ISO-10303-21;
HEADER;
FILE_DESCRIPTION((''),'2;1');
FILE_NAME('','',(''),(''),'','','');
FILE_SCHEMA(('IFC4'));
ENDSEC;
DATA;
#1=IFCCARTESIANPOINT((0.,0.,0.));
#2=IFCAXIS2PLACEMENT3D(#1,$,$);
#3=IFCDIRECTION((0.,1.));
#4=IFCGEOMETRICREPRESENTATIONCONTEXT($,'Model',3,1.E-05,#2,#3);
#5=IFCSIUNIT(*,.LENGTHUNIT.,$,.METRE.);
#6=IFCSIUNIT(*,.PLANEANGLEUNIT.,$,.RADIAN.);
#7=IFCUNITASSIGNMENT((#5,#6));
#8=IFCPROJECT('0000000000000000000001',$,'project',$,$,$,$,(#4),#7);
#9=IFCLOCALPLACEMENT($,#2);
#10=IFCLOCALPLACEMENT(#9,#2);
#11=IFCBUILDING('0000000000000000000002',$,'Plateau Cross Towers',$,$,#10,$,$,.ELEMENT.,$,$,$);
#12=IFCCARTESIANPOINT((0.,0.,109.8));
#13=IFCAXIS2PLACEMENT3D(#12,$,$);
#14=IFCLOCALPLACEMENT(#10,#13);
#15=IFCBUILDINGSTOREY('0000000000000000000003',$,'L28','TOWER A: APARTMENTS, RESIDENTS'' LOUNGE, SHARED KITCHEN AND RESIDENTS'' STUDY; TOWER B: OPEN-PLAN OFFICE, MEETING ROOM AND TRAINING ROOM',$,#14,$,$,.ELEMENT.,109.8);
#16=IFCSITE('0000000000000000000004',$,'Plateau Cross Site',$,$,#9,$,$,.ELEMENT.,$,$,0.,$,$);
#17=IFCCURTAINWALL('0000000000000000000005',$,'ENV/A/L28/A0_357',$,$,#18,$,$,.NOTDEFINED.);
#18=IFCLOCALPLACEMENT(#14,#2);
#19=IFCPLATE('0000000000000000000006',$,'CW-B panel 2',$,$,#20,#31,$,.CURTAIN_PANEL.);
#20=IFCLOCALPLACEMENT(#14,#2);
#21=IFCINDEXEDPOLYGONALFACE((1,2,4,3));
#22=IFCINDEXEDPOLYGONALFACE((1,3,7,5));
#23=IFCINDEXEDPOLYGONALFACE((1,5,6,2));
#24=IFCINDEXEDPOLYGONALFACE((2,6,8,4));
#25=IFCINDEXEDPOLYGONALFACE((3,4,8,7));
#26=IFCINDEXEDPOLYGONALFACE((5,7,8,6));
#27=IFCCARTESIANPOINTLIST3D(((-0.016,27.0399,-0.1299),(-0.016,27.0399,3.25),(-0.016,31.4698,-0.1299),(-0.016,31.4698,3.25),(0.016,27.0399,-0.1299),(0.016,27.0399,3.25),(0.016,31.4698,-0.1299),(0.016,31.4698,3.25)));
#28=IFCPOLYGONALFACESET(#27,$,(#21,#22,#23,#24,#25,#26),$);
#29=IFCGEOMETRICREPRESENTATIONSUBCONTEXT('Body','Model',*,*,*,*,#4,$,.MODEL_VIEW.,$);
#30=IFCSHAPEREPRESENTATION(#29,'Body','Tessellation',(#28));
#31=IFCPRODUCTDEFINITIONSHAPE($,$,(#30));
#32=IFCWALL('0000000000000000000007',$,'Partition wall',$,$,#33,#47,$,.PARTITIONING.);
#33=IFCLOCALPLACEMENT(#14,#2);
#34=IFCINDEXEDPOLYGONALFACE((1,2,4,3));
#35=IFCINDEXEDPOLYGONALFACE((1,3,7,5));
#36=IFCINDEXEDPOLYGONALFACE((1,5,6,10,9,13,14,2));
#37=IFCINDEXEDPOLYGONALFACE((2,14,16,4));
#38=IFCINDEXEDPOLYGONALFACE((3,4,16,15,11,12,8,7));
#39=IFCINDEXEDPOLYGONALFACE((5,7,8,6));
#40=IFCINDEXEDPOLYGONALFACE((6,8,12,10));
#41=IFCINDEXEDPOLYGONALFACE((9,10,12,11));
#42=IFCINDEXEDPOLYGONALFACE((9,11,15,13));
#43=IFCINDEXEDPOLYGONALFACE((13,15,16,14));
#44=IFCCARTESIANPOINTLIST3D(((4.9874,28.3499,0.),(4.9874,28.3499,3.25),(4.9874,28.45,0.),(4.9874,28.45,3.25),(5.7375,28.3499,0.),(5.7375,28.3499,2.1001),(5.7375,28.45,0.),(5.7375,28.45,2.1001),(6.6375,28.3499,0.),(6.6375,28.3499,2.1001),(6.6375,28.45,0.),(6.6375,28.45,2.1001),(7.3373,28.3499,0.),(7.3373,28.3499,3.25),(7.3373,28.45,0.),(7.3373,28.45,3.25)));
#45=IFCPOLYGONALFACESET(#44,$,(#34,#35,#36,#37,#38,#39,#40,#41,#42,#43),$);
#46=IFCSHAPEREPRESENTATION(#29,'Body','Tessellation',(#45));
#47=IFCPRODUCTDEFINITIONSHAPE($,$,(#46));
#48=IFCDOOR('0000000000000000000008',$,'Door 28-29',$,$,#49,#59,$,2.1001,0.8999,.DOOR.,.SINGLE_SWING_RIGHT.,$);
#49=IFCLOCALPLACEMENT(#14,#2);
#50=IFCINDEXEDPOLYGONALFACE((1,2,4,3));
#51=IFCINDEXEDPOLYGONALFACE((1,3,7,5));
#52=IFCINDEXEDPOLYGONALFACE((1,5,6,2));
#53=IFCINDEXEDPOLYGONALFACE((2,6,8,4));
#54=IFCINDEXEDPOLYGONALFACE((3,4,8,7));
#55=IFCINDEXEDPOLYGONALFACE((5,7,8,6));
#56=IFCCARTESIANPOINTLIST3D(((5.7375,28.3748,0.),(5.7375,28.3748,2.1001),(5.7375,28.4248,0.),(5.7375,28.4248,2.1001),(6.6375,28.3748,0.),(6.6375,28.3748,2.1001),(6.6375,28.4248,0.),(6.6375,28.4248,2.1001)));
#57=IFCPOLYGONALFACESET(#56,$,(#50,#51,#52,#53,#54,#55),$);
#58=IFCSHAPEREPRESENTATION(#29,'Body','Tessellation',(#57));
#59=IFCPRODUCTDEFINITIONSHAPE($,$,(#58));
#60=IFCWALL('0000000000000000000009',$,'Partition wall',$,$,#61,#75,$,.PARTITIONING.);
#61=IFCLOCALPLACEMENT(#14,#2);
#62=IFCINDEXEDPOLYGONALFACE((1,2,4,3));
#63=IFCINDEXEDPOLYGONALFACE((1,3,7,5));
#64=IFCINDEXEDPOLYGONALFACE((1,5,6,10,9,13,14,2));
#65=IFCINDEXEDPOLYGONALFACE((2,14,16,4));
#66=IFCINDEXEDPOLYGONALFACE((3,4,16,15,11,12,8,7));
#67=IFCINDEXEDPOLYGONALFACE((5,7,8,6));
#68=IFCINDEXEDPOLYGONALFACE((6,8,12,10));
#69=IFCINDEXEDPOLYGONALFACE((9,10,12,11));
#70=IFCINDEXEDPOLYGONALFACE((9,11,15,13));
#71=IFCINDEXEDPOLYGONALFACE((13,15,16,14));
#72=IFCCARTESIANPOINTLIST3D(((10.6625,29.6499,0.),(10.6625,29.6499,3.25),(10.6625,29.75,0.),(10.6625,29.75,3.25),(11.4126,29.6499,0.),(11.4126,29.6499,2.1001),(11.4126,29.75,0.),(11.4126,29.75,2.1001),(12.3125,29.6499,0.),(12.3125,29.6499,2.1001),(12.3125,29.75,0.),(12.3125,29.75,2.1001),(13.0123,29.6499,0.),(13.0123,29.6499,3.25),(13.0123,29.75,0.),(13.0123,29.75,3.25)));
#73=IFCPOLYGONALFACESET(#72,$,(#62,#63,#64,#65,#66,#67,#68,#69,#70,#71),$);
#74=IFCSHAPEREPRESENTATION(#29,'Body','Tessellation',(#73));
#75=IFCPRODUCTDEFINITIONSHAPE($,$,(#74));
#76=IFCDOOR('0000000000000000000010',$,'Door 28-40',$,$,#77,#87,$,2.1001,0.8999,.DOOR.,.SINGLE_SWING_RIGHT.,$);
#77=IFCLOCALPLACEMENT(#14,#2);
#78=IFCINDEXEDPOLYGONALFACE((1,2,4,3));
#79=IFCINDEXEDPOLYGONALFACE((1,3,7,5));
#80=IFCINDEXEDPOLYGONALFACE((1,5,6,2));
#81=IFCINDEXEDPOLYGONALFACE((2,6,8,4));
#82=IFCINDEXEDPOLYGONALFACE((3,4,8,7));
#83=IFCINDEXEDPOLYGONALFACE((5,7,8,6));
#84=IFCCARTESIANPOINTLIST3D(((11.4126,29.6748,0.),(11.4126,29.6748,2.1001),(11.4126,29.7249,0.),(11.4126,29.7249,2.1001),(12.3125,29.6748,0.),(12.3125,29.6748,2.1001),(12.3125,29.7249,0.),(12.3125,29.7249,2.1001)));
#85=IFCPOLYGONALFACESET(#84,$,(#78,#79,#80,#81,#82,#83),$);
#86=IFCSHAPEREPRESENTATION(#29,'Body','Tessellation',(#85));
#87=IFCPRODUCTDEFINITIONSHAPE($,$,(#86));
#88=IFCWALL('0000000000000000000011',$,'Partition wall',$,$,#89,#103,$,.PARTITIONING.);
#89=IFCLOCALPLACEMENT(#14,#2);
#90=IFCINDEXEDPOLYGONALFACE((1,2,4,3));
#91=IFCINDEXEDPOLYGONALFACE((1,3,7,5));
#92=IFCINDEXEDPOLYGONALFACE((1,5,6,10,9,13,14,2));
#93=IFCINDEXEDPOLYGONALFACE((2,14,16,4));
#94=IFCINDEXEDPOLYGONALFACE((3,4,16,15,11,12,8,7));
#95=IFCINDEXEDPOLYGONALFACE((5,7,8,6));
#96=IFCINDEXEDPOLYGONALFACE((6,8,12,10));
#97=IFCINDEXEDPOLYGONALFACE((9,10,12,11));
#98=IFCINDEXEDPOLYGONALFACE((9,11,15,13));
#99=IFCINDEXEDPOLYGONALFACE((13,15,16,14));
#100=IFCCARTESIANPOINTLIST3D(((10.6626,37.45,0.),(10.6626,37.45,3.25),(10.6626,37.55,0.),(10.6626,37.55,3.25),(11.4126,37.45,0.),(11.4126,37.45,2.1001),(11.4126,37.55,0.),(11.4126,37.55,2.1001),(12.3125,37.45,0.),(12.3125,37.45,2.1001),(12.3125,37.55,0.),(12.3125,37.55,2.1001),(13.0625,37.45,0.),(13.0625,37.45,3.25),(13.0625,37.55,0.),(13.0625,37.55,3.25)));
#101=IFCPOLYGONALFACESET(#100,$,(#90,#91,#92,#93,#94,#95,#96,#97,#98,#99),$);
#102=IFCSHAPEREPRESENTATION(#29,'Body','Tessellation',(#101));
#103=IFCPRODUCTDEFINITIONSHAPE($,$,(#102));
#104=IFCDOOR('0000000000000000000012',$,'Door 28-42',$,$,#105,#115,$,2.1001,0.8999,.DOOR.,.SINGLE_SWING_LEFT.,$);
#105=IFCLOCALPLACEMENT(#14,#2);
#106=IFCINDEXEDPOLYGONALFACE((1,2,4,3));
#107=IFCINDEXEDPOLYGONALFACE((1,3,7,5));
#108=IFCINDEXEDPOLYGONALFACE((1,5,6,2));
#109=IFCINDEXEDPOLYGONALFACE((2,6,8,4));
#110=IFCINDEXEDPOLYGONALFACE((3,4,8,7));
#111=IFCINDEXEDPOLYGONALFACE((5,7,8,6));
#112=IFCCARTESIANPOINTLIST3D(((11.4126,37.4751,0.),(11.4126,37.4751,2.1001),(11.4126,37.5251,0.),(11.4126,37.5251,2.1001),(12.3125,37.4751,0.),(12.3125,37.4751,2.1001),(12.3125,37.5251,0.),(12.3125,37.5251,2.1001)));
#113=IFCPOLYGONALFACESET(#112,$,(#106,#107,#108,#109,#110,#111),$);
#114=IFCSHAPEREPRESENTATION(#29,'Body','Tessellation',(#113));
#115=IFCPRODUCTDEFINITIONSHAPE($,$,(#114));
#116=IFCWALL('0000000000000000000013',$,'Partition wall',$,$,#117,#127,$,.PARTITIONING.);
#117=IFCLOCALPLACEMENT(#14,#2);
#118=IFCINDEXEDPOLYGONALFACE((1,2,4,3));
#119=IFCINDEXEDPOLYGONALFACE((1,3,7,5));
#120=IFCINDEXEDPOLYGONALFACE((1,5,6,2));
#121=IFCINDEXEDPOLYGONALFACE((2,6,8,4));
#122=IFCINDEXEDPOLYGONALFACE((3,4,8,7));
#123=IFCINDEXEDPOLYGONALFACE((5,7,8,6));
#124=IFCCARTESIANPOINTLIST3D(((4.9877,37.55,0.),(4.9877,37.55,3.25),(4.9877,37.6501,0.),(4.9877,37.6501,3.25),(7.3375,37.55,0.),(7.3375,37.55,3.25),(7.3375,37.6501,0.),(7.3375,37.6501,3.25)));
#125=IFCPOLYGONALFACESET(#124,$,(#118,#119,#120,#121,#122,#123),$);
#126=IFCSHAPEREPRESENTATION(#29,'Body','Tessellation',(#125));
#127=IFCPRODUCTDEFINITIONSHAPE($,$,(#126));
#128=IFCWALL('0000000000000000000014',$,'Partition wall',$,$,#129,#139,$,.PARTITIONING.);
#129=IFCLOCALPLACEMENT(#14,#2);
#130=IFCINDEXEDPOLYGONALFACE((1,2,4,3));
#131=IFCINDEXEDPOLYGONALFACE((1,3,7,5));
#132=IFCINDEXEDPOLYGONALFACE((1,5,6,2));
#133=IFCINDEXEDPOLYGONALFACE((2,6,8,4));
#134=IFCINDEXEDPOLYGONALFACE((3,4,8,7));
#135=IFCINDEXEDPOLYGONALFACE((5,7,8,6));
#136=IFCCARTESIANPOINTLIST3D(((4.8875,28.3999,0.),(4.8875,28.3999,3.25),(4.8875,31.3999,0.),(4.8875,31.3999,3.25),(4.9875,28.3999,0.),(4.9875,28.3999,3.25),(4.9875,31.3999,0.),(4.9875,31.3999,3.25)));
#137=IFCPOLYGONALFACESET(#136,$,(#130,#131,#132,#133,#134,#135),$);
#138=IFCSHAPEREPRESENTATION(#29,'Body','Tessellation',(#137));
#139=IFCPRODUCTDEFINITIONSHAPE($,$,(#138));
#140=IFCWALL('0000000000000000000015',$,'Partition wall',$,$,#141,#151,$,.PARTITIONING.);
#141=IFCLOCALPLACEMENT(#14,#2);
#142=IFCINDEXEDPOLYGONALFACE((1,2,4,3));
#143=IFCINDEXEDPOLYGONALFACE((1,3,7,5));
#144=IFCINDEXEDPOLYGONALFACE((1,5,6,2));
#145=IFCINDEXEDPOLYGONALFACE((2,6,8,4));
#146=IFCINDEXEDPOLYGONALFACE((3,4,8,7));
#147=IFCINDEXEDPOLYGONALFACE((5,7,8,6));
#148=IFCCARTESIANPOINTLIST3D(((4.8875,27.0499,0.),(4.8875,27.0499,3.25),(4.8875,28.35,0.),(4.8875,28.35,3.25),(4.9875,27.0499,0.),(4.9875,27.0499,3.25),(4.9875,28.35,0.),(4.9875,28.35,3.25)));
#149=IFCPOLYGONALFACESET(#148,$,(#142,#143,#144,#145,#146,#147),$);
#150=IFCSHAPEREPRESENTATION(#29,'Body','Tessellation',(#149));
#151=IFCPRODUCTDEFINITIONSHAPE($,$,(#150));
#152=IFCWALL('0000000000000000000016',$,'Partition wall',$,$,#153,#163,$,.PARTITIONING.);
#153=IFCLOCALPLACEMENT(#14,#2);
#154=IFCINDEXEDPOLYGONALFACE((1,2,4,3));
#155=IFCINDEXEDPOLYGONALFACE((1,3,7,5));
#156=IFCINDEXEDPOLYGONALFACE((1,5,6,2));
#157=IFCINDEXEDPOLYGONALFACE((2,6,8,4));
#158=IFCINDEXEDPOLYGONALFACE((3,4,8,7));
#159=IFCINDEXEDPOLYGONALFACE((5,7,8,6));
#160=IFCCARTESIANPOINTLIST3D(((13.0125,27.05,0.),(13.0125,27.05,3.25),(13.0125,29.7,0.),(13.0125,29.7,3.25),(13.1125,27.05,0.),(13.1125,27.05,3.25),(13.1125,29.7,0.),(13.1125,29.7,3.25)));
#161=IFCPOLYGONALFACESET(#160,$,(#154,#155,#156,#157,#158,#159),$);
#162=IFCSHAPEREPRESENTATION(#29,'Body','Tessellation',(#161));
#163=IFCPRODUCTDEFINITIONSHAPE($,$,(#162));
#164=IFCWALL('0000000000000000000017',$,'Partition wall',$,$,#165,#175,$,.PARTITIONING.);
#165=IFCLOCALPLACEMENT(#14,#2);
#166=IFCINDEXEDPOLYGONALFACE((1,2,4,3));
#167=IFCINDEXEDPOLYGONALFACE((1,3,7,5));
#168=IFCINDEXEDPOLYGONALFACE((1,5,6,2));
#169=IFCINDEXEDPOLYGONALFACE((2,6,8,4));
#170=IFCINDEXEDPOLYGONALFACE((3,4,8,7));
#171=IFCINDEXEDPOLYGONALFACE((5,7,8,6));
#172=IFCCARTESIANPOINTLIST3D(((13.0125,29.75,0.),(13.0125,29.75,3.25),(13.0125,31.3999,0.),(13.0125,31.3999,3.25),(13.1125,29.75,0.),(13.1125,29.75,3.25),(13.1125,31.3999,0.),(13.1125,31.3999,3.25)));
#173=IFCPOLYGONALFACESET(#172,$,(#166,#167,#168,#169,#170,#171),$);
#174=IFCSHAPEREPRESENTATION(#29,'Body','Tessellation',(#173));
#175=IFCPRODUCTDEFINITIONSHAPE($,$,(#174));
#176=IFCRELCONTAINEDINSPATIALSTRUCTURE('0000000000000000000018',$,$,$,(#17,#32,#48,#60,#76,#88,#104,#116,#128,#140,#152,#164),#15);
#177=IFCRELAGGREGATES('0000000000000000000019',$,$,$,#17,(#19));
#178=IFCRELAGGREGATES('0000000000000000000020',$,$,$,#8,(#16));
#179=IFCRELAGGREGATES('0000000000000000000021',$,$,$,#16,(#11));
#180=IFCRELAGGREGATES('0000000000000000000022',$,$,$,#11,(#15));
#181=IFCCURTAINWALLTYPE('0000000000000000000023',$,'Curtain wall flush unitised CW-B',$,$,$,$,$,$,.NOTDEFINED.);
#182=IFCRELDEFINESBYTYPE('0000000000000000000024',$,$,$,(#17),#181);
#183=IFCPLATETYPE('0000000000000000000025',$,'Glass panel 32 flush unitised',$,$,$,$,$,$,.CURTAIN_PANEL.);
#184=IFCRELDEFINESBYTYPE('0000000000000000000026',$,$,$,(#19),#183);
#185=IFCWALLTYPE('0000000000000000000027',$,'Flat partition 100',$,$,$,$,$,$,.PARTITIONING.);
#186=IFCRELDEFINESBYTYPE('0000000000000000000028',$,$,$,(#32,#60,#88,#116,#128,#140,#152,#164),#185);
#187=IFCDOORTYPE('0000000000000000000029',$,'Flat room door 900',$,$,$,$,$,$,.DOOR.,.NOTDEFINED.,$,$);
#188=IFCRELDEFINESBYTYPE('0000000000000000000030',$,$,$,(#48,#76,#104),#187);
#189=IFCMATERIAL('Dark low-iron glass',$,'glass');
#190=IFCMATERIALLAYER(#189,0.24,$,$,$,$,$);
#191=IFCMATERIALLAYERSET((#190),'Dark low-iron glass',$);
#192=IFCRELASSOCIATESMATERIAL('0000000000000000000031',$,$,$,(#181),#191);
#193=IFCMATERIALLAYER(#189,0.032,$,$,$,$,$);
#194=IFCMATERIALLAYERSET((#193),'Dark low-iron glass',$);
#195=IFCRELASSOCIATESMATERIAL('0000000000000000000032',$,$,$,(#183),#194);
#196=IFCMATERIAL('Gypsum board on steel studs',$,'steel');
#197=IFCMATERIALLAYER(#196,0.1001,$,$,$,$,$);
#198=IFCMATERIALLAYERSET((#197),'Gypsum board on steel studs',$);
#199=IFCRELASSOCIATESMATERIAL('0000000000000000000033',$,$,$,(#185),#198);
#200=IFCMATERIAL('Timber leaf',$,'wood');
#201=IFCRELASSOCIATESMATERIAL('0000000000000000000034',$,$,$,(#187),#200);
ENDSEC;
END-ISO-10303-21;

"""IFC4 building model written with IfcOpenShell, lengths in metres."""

from ifc_helpers import new_model, si_unit, direction, frame, frame_2d, origin, origin_2d, place, context, subcontext, project, spatial, rectangle, extrude, material, layer, layer_set, type_object, element, fill, aggregate, save


model = new_model("IFC4")

# Units and contexts
model_context = context("Model", 3, precision=1e-05, world=origin(), true_north=direction((0.0, 1.0)))
body_context = subcontext(model_context, "Body", "Model", "MODEL_VIEW")
ifc_project = project(units=[si_unit("LENGTHUNIT", "METRE"), si_unit("PLANEANGLEUNIT", "RADIAN")], contexts=[model_context])

# Site, building, storey
site_placement = place(None, origin())
site = spatial("IfcSite", under=ifc_project, at=site_placement, Name="Plateau Cross Site", CompositionType="ELEMENT", RefElevation=0.0)
building_placement = place(site_placement, origin())
building = spatial("IfcBuilding", under=site, at=building_placement, Name="Plateau Cross Towers", CompositionType="ELEMENT")
storey_placement = place(building_placement, frame((0.0, 0.0, 109.8)))
storey = spatial("IfcBuildingStorey", under=building, at=storey_placement, Name="L28", Description="TOWER A: APARTMENTS, RESIDENTS' LOUNGE, SHARED KITCHEN AND RESIDENTS' STUDY; TOWER B: OPEN-PLAN OFFICE, MEETING ROOM AND TRAINING ROOM", CompositionType="ELEMENT", Elevation=109.8)

# Shared definitions
ifc_material_1 = material(Name="Dark low-iron glass", Category="glass")
ifc_layer_1 = layer(ifc_material_1, 0.24)
ifc_layer_set_1 = layer_set([ifc_layer_1], Name="Dark low-iron glass")
curtain_wall_type = type_object("IfcCurtainWallType", Name="Curtain wall flush unitised CW-B", PredefinedType="NOTDEFINED", material=ifc_layer_set_1)

# Curtain wall
curtain_wall_1_placement = place(storey_placement, origin())
curtain_wall_1 = element("IfcCurtainWall", 1, at=curtain_wall_1_placement, inside=storey, type_object=curtain_wall_type, Name="ENV/A/L28/A0_357", PredefinedType="NOTDEFINED")

# Plate
ifc_layer_2 = layer(ifc_material_1, 0.032)
ifc_layer_set_2 = layer_set([ifc_layer_2], Name="Dark low-iron glass")
plate_type = type_object("IfcPlateType", Name="Glass panel 32 flush unitised", PredefinedType="CURTAIN_PANEL", material=ifc_layer_set_2)
plate_1_placement = place(storey_placement, frame((0.0, 29.2549, -0.1299), z_axis=(0.0, 0.0, 1.0), x_axis=(0.0, -1.0, 0.0)))
plate_1 = element("IfcPlate", 2, at=plate_1_placement, type_object=plate_type, Name="CW-B panel 2", PredefinedType="CURTAIN_PANEL", context=body_context, shape_type="SweptSolid", body=[
    extrude(rectangle(XDim=4.4299, YDim=0.032, at=origin_2d()), origin(), (0.0, 0.0, 1.0), 3.3799),
])
aggregate(curtain_wall_1, [plate_1])

# Walls, openings, doors
ifc_material_2 = material(Name="Gypsum board on steel studs", Category="steel")
ifc_layer_3 = layer(ifc_material_2, 0.1001)
ifc_layer_set_3 = layer_set([ifc_layer_3], Name="Gypsum board on steel studs")
wall_type_1 = type_object("IfcWallType", Name="Flat partition 100", PredefinedType="PARTITIONING", material=ifc_layer_set_3)
wall_1_placement = place(storey_placement, frame((4.9875, 28.3999, 0.0), z_axis=(0.0, 0.0, 1.0), x_axis=(1.0, 0.0, 0.0)))
wall_1 = element("IfcWall", 3, at=wall_1_placement, inside=storey, type_object=wall_type_1, Name="Partition wall", PredefinedType="PARTITIONING", context=body_context, shape_type="SweptSolid", body=[
    extrude(rectangle(XDim=2.3499, YDim=0.1001, at=frame_2d((1.1748, 0.0))), origin(), (0.0, 0.0, 1.0), 3.25),
])
opening_1_placement = place(wall_1_placement, frame((0.75, 0.0, 0.0)))
opening_1 = element("IfcOpeningElement", 4, at=opening_1_placement, cuts=wall_1, PredefinedType="OPENING", context=body_context, shape_type="SweptSolid", body=[
    extrude(rectangle(XDim=0.8999, YDim=2.1001, at=frame_2d((0.45, 1.05))), frame((0.0, 0.0601, 0.0), z_axis=(0.0, -1.0, 0.0), x_axis=(1.0, 0.0, 0.0)), (0.0, 0.0, 1.0), 0.1201),
])
ifc_material_3 = material(Name="Timber leaf", Category="wood")
door_type_1 = type_object("IfcDoorType", Name="Flat room door 900", OperationType="NOTDEFINED", PredefinedType="DOOR", material=ifc_material_3)
door_1_placement = place(opening_1_placement, origin())
door_1 = element("IfcDoor", 5, at=door_1_placement, inside=storey, type_object=door_type_1, Name="Door 28-29", OperationType="SINGLE_SWING_RIGHT", OverallHeight=2.1001, OverallWidth=0.8999, PredefinedType="DOOR", context=body_context, shape_type="SweptSolid", body=[
    extrude(rectangle(XDim=0.8999, YDim=2.1001, at=frame_2d((0.45, 1.05))), frame((0.0, 0.0249, 0.0), z_axis=(0.0, -1.0, 0.0), x_axis=(1.0, 0.0, 0.0)), (0.0, 0.0, 1.0), 0.05),
])
fill(opening_1, door_1)
wall_2_placement = place(storey_placement, frame((10.6626, 29.7, 0.0), z_axis=(0.0, 0.0, 1.0), x_axis=(1.0, 0.0, 0.0)))
wall_2 = element("IfcWall", 6, at=wall_2_placement, inside=storey, type_object=wall_type_1, Name="Partition wall", PredefinedType="PARTITIONING", context=body_context, shape_type="SweptSolid", body=[
    extrude(rectangle(XDim=2.3499, YDim=0.1001, at=frame_2d((1.1748, 0.0))), origin(), (0.0, 0.0, 1.0), 3.25),
])
opening_2_placement = place(wall_2_placement, frame((0.75, 0.0, 0.0)))
opening_2 = element("IfcOpeningElement", 7, at=opening_2_placement, cuts=wall_2, PredefinedType="OPENING", context=body_context, shape_type="SweptSolid", body=[
    extrude(rectangle(XDim=0.8999, YDim=2.1001, at=frame_2d((0.45, 1.05))), frame((0.0, 0.0601, 0.0), z_axis=(0.0, -1.0, 0.0), x_axis=(1.0, 0.0, 0.0)), (0.0, 0.0, 1.0), 0.1201),
])
door_2_placement = place(opening_2_placement, origin())
door_2 = element("IfcDoor", 8, at=door_2_placement, inside=storey, type_object=door_type_1, Name="Door 28-40", OperationType="SINGLE_SWING_RIGHT", OverallHeight=2.1001, OverallWidth=0.8999, PredefinedType="DOOR", context=body_context, shape_type="SweptSolid", body=[
    extrude(rectangle(XDim=0.8999, YDim=2.1001, at=frame_2d((0.45, 1.05))), frame((0.0, 0.0249, 0.0), z_axis=(0.0, -1.0, 0.0), x_axis=(1.0, 0.0, 0.0)), (0.0, 0.0, 1.0), 0.05),
])
fill(opening_2, door_2)
wall_3_placement = place(storey_placement, frame((13.0625, 37.5, 0.0), z_axis=(0.0, 0.0, 1.0), x_axis=(-1.0, 0.0, 0.0)))
wall_3 = element("IfcWall", 9, at=wall_3_placement, inside=storey, type_object=wall_type_1, Name="Partition wall", PredefinedType="PARTITIONING", context=body_context, shape_type="SweptSolid", body=[
    extrude(rectangle(XDim=2.3999, YDim=0.1001, at=frame_2d((1.2, 0.0))), origin(), (0.0, 0.0, 1.0), 3.25),
])
opening_3_placement = place(wall_3_placement, frame((0.75, 0.0, 0.0)))
opening_3 = element("IfcOpeningElement", 10, at=opening_3_placement, cuts=wall_3, PredefinedType="OPENING", context=body_context, shape_type="SweptSolid", body=[
    extrude(rectangle(XDim=0.8999, YDim=2.1001, at=frame_2d((0.45, 1.05))), frame((0.0, 0.0601, 0.0), z_axis=(0.0, -1.0, 0.0), x_axis=(1.0, 0.0, 0.0)), (0.0, 0.0, 1.0), 0.1201),
])
door_3_placement = place(opening_3_placement, origin())
door_3 = element("IfcDoor", 11, at=door_3_placement, inside=storey, type_object=door_type_1, Name="Door 28-42", OperationType="SINGLE_SWING_LEFT", OverallHeight=2.1001, OverallWidth=0.8999, PredefinedType="DOOR", context=body_context, shape_type="SweptSolid", body=[
    extrude(rectangle(XDim=0.8999, YDim=2.1001, at=frame_2d((0.45, 1.05))), frame((0.0, 0.0249, 0.0), z_axis=(0.0, -1.0, 0.0), x_axis=(1.0, 0.0, 0.0)), (0.0, 0.0, 1.0), 0.05),
])
fill(opening_3, door_3)

# Walls
wall_4_placement = place(storey_placement, frame((7.3374, 37.6001, 0.0), z_axis=(0.0, 0.0, 1.0), x_axis=(-1.0, 0.0, 0.0)))
element("IfcWall", 12, at=wall_4_placement, inside=storey, type_object=wall_type_1, Name="Partition wall", PredefinedType="PARTITIONING", context=body_context, shape_type="SweptSolid", body=[
    extrude(rectangle(XDim=2.3499, YDim=0.1001, at=frame_2d((1.1748, 0.0))), origin(), (0.0, 0.0, 1.0), 3.25),
])
wall_5_placement = place(storey_placement, frame((4.9375, 31.3999, 0.0), z_axis=(0.0, 0.0, 1.0), x_axis=(0.0, -1.0, 0.0)))
element("IfcWall", 13, at=wall_5_placement, inside=storey, type_object=wall_type_1, Name="Partition wall", PredefinedType="PARTITIONING", context=body_context, shape_type="SweptSolid", body=[
    extrude(rectangle(XDim=3.0, YDim=0.1001, at=frame_2d((1.5, 0.0))), origin(), (0.0, 0.0, 1.0), 3.25),
])
wall_6_placement = place(storey_placement, frame((4.9375, 27.05, 0.0), z_axis=(0.0, 0.0, 1.0), x_axis=(0.0, 1.0, 0.0)))
element("IfcWall", 14, at=wall_6_placement, inside=storey, type_object=wall_type_1, Name="Partition wall", PredefinedType="PARTITIONING", context=body_context, shape_type="SweptSolid", body=[
    extrude(rectangle(XDim=1.3, YDim=0.1001, at=frame_2d((0.6499, 0.0))), origin(), (0.0, 0.0, 1.0), 3.25),
])
wall_7_placement = place(storey_placement, frame((13.0625, 29.7, 0.0), z_axis=(0.0, 0.0, 1.0), x_axis=(0.0, -1.0, 0.0)))
element("IfcWall", 15, at=wall_7_placement, inside=storey, type_object=wall_type_1, Name="Partition wall", PredefinedType="PARTITIONING", context=body_context, shape_type="SweptSolid", body=[
    extrude(rectangle(XDim=2.6499, YDim=0.1001, at=frame_2d((1.325, 0.0))), origin(), (0.0, 0.0, 1.0), 3.25),
])
wall_8_placement = place(storey_placement, frame((13.0625, 29.75, 0.0), z_axis=(0.0, 0.0, 1.0), x_axis=(0.0, 1.0, 0.0)))
element("IfcWall", 16, at=wall_8_placement, inside=storey, type_object=wall_type_1, Name="Partition wall", PredefinedType="PARTITIONING", context=body_context, shape_type="SweptSolid", body=[
    extrude(rectangle(XDim=1.6499, YDim=0.1001, at=frame_2d((0.825, 0.0))), origin(), (0.0, 0.0, 1.0), 3.25),
])

save(model, "model.ifc")
